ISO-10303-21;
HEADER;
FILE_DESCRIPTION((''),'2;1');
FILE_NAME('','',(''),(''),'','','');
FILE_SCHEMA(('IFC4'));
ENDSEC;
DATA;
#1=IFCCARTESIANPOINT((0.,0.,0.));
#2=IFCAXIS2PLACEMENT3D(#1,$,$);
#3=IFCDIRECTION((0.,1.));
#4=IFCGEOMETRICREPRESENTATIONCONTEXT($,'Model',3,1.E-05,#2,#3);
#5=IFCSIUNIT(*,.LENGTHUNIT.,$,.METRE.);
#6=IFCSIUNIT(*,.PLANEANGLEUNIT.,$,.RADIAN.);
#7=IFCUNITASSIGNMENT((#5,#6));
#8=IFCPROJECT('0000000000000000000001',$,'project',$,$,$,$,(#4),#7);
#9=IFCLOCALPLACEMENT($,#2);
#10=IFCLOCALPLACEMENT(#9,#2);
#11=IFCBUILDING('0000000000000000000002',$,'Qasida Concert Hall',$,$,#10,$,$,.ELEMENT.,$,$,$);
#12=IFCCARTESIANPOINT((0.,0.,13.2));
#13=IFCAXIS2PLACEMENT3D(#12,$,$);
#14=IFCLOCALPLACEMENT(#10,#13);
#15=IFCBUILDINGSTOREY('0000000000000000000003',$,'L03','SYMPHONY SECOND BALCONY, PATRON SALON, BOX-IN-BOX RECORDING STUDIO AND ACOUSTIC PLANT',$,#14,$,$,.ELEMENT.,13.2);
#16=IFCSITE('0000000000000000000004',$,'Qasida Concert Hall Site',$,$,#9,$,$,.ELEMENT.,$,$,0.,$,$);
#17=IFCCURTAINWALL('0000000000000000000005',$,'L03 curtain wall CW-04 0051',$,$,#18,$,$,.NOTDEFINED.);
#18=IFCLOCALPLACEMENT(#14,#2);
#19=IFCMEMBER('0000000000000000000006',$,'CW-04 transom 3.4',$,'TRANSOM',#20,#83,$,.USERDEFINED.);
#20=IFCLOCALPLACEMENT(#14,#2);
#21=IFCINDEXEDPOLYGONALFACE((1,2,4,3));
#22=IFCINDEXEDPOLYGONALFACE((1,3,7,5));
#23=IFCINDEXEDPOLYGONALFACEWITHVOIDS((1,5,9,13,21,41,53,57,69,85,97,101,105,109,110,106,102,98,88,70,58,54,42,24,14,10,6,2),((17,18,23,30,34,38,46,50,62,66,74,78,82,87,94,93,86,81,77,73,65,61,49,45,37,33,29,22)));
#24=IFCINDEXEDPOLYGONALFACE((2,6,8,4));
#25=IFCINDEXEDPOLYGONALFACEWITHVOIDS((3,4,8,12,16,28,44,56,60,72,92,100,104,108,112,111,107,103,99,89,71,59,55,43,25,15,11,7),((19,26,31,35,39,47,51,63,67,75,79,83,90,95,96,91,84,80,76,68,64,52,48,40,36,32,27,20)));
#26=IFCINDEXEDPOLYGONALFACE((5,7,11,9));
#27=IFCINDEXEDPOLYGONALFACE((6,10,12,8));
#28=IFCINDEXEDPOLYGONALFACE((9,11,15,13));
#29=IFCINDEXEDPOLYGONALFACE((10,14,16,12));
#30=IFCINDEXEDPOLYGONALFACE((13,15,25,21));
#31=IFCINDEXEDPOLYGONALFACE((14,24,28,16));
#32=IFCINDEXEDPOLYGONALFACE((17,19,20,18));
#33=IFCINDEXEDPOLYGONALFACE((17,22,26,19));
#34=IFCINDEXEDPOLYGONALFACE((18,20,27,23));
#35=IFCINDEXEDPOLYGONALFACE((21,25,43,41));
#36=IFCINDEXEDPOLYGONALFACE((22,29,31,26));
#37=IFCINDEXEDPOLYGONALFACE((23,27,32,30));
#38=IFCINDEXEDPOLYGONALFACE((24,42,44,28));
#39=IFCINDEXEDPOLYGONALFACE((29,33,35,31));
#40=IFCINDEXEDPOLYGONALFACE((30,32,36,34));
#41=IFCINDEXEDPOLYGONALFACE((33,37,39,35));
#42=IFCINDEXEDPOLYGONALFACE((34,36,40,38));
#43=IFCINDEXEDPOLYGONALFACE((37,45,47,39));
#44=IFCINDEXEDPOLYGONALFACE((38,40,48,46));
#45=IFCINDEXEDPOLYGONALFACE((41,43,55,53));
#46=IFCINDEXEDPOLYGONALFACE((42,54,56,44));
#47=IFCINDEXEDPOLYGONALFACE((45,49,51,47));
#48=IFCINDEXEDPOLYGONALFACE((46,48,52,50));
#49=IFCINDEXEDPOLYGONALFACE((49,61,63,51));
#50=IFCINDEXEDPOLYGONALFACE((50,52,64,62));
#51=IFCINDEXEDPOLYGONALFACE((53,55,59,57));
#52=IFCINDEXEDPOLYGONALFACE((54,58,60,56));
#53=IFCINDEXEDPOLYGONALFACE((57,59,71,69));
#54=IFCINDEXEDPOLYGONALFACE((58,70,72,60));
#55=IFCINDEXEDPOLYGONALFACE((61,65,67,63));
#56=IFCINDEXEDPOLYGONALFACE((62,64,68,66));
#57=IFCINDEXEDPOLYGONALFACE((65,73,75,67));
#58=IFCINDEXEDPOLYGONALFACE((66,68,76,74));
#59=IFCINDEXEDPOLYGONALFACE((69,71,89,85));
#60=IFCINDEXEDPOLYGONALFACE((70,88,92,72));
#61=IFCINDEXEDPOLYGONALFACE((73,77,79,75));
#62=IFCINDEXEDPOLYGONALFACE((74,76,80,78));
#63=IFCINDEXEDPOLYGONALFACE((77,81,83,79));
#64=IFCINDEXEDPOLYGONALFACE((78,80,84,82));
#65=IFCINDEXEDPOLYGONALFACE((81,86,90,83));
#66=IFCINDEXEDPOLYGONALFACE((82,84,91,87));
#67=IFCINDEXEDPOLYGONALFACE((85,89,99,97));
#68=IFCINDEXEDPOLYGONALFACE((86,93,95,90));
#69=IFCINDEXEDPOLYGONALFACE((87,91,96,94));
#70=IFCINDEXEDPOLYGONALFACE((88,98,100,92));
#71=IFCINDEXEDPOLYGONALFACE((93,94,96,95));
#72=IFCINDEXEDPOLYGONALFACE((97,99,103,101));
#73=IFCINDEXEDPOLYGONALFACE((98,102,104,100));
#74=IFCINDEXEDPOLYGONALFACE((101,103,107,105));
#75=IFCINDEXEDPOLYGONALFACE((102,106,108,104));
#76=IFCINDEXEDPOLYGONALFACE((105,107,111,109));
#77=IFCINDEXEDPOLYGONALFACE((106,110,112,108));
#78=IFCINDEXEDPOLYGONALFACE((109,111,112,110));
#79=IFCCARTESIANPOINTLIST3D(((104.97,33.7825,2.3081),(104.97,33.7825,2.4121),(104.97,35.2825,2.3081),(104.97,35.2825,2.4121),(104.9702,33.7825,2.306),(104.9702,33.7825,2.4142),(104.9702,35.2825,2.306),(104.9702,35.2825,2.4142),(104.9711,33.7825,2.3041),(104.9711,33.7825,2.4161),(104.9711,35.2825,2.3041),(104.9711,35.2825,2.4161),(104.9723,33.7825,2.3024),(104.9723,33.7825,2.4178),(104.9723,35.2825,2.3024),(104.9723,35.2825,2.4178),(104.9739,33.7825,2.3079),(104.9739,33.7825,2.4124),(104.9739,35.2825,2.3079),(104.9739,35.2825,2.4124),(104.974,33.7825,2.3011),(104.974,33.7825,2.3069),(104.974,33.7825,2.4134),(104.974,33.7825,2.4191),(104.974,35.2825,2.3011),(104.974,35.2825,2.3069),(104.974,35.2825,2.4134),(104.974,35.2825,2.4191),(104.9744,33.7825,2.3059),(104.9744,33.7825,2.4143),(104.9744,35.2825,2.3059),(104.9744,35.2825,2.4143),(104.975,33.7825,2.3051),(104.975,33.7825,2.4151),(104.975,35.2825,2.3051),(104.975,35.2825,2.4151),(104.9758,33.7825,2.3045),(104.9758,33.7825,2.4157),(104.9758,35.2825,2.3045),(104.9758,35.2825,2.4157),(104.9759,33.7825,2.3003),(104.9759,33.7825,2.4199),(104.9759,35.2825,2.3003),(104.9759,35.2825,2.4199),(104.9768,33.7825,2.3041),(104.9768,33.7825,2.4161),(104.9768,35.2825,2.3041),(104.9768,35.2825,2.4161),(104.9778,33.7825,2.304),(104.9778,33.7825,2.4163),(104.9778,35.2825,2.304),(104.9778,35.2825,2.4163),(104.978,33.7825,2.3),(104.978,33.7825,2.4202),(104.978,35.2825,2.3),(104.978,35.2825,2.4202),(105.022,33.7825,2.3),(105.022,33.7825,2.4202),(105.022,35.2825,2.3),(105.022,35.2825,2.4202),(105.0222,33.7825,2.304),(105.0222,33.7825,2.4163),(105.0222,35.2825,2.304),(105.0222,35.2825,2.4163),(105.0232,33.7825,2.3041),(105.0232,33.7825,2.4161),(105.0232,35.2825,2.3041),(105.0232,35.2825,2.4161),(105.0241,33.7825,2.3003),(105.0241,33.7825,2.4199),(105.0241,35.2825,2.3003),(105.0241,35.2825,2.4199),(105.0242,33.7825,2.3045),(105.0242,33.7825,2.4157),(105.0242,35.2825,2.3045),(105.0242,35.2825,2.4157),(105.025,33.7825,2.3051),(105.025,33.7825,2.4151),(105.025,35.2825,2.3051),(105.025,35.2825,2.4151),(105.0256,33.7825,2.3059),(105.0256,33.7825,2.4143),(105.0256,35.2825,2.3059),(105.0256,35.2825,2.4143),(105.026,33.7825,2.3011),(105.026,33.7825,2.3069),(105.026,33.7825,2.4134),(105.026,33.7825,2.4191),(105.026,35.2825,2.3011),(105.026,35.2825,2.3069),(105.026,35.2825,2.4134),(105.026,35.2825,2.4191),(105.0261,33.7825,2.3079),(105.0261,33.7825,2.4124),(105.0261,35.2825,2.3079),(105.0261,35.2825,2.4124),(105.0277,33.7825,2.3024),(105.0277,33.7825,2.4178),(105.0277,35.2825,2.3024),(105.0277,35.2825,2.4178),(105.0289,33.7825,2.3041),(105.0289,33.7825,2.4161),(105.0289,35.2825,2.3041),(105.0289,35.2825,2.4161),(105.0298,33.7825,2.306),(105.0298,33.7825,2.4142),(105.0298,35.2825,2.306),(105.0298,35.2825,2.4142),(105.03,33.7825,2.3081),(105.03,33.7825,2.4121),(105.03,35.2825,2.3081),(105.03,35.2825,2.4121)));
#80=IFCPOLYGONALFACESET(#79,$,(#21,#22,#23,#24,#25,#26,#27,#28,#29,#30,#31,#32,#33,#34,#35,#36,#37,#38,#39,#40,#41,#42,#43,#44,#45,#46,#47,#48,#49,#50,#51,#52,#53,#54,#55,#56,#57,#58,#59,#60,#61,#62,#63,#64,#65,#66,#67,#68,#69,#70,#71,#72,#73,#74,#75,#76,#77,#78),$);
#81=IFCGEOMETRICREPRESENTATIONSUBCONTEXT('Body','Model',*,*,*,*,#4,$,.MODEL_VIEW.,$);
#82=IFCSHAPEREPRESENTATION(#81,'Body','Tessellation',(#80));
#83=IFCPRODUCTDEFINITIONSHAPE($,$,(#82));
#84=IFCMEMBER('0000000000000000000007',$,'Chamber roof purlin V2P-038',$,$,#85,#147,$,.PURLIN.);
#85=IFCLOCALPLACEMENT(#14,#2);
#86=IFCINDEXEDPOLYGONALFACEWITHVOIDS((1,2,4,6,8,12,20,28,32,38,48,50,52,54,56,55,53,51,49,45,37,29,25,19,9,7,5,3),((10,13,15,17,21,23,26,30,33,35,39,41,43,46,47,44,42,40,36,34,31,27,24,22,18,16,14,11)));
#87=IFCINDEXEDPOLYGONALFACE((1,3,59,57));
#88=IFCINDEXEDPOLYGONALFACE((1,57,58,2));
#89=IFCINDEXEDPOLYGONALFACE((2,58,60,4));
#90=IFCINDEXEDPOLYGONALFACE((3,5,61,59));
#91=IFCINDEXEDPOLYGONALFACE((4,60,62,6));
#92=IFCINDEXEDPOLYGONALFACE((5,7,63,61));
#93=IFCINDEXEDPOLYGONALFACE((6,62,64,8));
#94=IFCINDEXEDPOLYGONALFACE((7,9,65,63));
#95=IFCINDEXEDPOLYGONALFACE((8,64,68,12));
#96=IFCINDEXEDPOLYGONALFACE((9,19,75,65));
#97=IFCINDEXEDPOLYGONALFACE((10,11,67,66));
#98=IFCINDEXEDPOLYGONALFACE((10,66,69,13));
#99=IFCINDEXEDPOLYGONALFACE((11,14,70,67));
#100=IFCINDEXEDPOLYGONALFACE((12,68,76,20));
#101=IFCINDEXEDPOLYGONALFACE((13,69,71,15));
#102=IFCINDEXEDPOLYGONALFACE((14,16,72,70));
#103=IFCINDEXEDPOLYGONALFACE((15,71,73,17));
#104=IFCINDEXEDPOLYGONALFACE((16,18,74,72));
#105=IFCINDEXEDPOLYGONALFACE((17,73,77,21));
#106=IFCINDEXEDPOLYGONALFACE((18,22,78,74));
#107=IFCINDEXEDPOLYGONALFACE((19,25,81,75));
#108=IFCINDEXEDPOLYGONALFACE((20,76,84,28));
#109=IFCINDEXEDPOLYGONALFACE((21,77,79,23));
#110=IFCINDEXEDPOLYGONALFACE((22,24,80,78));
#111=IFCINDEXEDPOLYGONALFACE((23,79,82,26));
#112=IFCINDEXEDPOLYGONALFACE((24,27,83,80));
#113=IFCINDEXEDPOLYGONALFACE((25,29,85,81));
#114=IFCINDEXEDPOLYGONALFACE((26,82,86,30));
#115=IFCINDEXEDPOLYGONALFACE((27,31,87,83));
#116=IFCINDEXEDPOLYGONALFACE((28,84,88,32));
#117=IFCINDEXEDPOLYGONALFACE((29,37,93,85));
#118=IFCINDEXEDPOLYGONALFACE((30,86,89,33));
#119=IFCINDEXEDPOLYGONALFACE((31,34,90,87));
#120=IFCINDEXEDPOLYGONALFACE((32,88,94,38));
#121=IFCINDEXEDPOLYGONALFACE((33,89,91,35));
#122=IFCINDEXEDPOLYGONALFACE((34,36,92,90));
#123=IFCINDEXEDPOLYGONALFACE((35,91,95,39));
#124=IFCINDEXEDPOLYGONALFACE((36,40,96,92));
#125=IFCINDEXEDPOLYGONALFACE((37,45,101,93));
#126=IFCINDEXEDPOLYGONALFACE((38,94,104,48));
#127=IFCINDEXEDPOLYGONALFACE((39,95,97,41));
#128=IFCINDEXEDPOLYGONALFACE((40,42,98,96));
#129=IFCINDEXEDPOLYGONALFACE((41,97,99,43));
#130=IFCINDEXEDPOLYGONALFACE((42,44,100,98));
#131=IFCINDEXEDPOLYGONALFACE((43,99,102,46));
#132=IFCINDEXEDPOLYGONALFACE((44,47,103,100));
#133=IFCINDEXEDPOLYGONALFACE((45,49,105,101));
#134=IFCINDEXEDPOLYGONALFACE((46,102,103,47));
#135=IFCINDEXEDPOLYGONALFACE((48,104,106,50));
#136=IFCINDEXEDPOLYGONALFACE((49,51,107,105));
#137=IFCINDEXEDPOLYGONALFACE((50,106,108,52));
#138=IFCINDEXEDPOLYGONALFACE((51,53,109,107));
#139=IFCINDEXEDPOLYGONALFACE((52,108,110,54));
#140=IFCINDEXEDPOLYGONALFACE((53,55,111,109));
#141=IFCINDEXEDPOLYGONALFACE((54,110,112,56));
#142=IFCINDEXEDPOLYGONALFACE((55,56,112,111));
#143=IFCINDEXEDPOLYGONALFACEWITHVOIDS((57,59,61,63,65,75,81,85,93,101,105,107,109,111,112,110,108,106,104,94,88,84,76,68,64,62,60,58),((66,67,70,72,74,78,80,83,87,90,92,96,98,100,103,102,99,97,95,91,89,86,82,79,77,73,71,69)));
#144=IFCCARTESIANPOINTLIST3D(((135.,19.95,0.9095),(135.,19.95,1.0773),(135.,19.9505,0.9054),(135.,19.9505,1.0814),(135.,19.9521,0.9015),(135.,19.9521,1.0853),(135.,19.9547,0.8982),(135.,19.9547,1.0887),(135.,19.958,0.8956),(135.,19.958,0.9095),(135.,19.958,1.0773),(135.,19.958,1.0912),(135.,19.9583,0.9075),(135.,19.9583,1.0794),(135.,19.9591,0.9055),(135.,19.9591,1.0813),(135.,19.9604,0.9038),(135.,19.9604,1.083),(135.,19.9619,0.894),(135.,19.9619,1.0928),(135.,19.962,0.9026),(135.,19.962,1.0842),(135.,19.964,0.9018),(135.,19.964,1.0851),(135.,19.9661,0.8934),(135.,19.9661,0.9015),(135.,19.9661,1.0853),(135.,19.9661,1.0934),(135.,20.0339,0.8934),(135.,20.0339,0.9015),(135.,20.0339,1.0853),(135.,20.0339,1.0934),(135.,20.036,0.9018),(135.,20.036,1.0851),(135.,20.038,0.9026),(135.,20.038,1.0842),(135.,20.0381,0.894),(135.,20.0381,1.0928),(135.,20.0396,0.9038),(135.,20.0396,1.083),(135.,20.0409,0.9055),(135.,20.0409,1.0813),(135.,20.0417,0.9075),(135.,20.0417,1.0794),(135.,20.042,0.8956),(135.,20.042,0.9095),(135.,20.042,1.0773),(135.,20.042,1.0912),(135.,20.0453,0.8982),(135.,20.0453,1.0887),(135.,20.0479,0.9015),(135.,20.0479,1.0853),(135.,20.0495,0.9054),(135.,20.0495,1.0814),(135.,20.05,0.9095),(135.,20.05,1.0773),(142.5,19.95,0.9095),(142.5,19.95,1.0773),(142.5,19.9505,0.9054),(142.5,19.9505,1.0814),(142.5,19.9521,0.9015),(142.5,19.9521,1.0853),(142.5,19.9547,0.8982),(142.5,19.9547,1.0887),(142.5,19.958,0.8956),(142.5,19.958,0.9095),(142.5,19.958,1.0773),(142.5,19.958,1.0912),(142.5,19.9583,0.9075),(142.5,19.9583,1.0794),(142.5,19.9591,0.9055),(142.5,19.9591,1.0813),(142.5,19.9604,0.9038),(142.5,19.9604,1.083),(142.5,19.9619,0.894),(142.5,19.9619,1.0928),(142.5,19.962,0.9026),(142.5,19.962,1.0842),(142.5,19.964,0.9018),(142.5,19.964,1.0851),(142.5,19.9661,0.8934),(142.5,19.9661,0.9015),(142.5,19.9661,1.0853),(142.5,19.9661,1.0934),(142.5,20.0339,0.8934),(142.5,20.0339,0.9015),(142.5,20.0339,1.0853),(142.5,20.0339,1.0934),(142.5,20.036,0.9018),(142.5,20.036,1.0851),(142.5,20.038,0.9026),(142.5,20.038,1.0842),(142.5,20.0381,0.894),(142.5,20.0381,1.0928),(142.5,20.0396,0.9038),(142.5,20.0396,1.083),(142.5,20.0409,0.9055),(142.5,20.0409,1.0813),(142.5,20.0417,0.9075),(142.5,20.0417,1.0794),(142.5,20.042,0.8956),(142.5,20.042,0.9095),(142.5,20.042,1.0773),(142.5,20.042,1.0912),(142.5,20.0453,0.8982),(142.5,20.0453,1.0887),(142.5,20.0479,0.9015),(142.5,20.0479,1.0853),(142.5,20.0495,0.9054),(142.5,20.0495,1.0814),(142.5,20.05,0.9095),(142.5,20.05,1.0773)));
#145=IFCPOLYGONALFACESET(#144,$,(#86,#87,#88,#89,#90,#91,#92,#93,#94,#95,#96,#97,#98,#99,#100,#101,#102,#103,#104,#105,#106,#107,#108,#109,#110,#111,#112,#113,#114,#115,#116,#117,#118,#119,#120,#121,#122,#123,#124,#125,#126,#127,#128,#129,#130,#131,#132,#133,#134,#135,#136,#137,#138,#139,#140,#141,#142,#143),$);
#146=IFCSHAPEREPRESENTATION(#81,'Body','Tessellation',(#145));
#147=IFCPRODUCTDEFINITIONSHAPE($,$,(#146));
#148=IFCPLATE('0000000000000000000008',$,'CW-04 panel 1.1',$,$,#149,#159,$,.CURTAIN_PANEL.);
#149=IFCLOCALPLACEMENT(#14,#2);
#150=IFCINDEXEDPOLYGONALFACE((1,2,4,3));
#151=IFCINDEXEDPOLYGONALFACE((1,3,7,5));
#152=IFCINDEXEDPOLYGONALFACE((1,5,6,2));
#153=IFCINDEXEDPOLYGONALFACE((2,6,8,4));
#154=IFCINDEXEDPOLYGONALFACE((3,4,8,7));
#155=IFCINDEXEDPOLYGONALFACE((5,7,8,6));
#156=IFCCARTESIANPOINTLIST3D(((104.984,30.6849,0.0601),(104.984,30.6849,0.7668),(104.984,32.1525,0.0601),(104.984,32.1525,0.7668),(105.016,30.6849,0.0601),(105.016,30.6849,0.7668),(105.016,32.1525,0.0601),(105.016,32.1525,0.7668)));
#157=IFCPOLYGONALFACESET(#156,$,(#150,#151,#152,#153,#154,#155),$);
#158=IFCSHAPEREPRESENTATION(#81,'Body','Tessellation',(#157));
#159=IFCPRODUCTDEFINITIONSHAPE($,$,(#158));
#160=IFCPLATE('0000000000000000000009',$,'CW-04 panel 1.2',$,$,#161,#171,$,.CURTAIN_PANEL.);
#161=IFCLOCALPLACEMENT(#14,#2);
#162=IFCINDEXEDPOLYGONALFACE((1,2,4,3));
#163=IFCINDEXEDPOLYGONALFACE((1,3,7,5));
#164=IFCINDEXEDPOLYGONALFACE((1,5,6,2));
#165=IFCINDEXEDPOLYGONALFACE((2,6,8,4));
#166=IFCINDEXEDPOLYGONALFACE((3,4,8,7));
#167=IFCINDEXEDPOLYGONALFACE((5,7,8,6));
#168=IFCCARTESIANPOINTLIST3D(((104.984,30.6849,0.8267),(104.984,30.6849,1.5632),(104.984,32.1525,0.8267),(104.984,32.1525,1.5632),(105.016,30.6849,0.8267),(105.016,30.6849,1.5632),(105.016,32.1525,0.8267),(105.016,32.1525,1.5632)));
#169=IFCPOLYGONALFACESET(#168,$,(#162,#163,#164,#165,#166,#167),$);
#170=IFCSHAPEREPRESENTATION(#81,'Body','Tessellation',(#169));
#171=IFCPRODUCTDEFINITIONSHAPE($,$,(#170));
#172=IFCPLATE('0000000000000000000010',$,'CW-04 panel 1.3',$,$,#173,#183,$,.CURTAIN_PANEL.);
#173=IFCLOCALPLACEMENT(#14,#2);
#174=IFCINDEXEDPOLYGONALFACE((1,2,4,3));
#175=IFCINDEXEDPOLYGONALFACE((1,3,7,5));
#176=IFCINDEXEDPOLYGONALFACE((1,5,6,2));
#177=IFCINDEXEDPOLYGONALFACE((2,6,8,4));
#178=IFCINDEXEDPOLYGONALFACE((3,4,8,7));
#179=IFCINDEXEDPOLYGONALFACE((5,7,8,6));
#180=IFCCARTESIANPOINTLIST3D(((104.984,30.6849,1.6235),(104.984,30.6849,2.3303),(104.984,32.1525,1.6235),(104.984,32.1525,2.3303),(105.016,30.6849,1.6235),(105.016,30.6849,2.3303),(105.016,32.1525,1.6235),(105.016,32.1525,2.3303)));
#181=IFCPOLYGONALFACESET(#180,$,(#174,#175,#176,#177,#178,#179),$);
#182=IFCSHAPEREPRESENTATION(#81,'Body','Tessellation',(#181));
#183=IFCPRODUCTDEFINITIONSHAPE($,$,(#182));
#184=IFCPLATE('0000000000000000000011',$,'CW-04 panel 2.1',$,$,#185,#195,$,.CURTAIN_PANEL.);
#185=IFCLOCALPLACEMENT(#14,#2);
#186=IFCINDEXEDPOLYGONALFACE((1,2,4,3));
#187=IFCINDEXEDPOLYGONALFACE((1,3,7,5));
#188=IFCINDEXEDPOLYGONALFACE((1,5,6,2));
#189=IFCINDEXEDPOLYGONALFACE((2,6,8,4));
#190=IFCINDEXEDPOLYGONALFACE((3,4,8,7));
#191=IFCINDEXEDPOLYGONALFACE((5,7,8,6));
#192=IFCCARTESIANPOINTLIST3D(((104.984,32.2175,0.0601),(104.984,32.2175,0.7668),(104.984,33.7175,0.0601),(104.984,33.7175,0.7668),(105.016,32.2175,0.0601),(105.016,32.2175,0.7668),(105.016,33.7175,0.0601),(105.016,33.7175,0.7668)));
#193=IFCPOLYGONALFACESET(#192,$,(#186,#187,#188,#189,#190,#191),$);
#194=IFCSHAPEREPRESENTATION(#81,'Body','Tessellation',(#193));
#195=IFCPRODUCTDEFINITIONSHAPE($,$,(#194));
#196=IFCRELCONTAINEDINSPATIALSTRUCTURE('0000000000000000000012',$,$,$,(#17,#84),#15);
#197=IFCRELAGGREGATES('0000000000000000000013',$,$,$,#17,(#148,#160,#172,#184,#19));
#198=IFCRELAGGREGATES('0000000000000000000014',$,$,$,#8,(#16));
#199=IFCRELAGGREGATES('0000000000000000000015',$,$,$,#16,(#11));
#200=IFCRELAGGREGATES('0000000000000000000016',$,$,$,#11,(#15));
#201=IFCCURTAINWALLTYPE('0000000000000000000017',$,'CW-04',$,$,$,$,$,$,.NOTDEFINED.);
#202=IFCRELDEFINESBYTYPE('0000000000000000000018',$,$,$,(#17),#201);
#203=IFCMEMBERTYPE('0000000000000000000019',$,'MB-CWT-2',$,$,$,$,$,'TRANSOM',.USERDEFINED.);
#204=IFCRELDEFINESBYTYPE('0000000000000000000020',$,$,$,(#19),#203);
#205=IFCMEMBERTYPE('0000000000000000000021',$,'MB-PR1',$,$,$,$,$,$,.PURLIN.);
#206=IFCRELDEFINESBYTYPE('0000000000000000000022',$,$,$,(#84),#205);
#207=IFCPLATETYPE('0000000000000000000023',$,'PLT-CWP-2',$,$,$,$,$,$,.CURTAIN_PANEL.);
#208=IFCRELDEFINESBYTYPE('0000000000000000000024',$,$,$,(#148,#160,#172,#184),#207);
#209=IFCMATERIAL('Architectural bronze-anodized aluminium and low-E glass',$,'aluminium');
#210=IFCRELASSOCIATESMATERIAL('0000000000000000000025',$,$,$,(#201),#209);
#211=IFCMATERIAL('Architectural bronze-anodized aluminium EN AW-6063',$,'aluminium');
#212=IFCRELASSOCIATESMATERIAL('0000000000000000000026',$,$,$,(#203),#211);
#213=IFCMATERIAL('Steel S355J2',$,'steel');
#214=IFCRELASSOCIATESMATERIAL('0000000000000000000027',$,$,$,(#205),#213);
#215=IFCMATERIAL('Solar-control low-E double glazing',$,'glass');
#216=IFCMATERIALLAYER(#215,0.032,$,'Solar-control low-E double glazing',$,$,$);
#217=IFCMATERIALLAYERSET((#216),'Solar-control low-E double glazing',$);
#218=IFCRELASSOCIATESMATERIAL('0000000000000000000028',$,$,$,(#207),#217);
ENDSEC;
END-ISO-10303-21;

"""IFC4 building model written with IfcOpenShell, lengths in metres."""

from ifc_helpers import new_model, si_unit, direction, frame, origin, origin_2d, place, context, subcontext, project, spatial, rectangle, hollow_rectangle, extrude, material, layer, layer_set, material_profile, profile_set, type_object, element, aggregate, save


model = new_model("IFC4")

# Units and contexts
model_context = context("Model", 3, precision=1e-05, world=origin(), true_north=direction((0.0, 1.0)))
body_context = subcontext(model_context, "Body", "Model", "MODEL_VIEW")
ifc_project = project(units=[si_unit("LENGTHUNIT", "METRE"), si_unit("PLANEANGLEUNIT", "RADIAN")], contexts=[model_context])

# Site, building, storey
site_placement = place(None, origin())
site = spatial("IfcSite", under=ifc_project, at=site_placement, Name="Qasida Concert Hall Site", CompositionType="ELEMENT", RefElevation=0.0)
building_placement = place(site_placement, origin())
building = spatial("IfcBuilding", under=site, at=building_placement, Name="Qasida Concert Hall", CompositionType="ELEMENT")
storey_placement = place(building_placement, frame((0.0, 0.0, 13.2)))
storey = spatial("IfcBuildingStorey", under=building, at=storey_placement, Name="L03", Description="SYMPHONY SECOND BALCONY, PATRON SALON, BOX-IN-BOX RECORDING STUDIO AND ACOUSTIC PLANT", CompositionType="ELEMENT", Elevation=13.2)

# Shared definitions
ifc_material_1 = material(Name="Steel S355J2", Category="steel")

# Curtain wall, member
ifc_material_2 = material(Name="Architectural bronze-anodized aluminium and low-E glass", Category="aluminium")
curtain_wall_type = type_object("IfcCurtainWallType", Name="CW-04", PredefinedType="NOTDEFINED", material=ifc_material_2)
curtain_wall_placement = place(storey_placement, origin())
curtain_wall = element("IfcCurtainWall", 1, at=curtain_wall_placement, inside=storey, type_object=curtain_wall_type, Name="L03 curtain wall CW-04 0051", PredefinedType="NOTDEFINED")
ifc_material_3 = material(Name="Architectural bronze-anodized aluminium EN AW-6063", Category="aluminium")
ifc_material_profile_1 = material_profile(ifc_material_3, hollow_rectangle(XDim=0.0601, YDim=0.1201, WallThickness=0.0039, InnerFilletRadius=0.0039, OuterFilletRadius=0.0081, at=origin_2d()), Name="CWT 120x60x4")
ifc_profile_set_1 = profile_set([ifc_material_profile_1], Name="Architectural bronze-anodized aluminium EN AW-6063")
member_type_1 = type_object("IfcMemberType", Name="MB-CWT-2", ElementType="TRANSOM", PredefinedType="USERDEFINED", material=ifc_profile_set_1)
member_1_placement = place(storey_placement, frame((105.0, 33.7825, 2.3601), z_axis=(0.0, 1.0, 0.0), x_axis=(-1.0, 0.0, 0.0)))
member_1 = element("IfcMember", 2, at=member_1_placement, type_object=member_type_1, Name="CW-04 transom 3.4", ObjectType="TRANSOM", PredefinedType="USERDEFINED", context=body_context, shape_type="SweptSolid", body=[
    extrude(hollow_rectangle(XDim=0.0601, YDim=0.1201, WallThickness=0.0039, InnerFilletRadius=0.0039, OuterFilletRadius=0.0081, at=origin_2d()), origin(), (0.0, 0.0, 1.0), 1.5),
])

# Member
ifc_material_profile_2 = material_profile(ifc_material_1, hollow_rectangle(XDim=0.1001, YDim=0.2, WallThickness=0.0081, InnerFilletRadius=0.0081, OuterFilletRadius=0.0161, at=origin_2d()), Name="RHS 200x100x8")
ifc_profile_set_2 = profile_set([ifc_material_profile_2], Name="Steel S355J2")
member_type_2 = type_object("IfcMemberType", Name="MB-PR1", PredefinedType="PURLIN", material=ifc_profile_set_2)
member_2_placement = place(storey_placement, frame((135.0, 20.0, 0.9934), z_axis=(1.0, 0.0, 0.0), x_axis=(0.0, 1.0, 0.0)))
element("IfcMember", 3, at=member_2_placement, inside=storey, type_object=member_type_2, Name="Chamber roof purlin V2P-038", PredefinedType="PURLIN", context=body_context, shape_type="SweptSolid", body=[
    extrude(hollow_rectangle(XDim=0.1001, YDim=0.2, WallThickness=0.0081, InnerFilletRadius=0.0081, OuterFilletRadius=0.0161, at=origin_2d()), origin(), (0.0, 0.0, 1.0), 7.5),
])

# Plates
ifc_material_4 = material(Name="Solar-control low-E double glazing", Category="glass")
ifc_layer_1 = layer(ifc_material_4, 0.032, Name="Solar-control low-E double glazing")
ifc_layer_set_1 = layer_set([ifc_layer_1], Name="Solar-control low-E double glazing")
plate_type_1 = type_object("IfcPlateType", Name="PLT-CWP-2", PredefinedType="CURTAIN_PANEL", material=ifc_layer_set_1)
plate_1_placement = place(storey_placement, frame((105.0, 31.4187, 0.0601), z_axis=(0.0, 0.0, 1.0), x_axis=(0.0, 1.0, 0.0)))
plate_1 = element("IfcPlate", 4, at=plate_1_placement, type_object=plate_type_1, Name="CW-04 panel 1.1", PredefinedType="CURTAIN_PANEL", context=body_context, shape_type="SweptSolid", body=[
    extrude(rectangle(XDim=1.4675, YDim=0.032, at=origin_2d()), origin(), (0.0, 0.0, 1.0), 0.7068),
])
plate_2_placement = place(storey_placement, frame((105.0, 31.4187, 0.8267), z_axis=(0.0, 0.0, 1.0), x_axis=(0.0, 1.0, 0.0)))
plate_2 = element("IfcPlate", 5, at=plate_2_placement, type_object=plate_type_1, Name="CW-04 panel 1.2", PredefinedType="CURTAIN_PANEL", context=body_context, shape_type="SweptSolid", body=[
    extrude(rectangle(XDim=1.4675, YDim=0.032, at=origin_2d()), origin(), (0.0, 0.0, 1.0), 0.7366),
])
plate_3_placement = place(storey_placement, frame((105.0, 31.4187, 1.6235), z_axis=(0.0, 0.0, 1.0), x_axis=(0.0, 1.0, 0.0)))
plate_3 = element("IfcPlate", 6, at=plate_3_placement, type_object=plate_type_1, Name="CW-04 panel 1.3", PredefinedType="CURTAIN_PANEL", context=body_context, shape_type="SweptSolid", body=[
    extrude(rectangle(XDim=1.4675, YDim=0.032, at=origin_2d()), origin(), (0.0, 0.0, 1.0), 0.7068),
])
plate_4_placement = place(storey_placement, frame((105.0, 32.9675, 0.0601), z_axis=(0.0, 0.0, 1.0), x_axis=(0.0, 1.0, 0.0)))
plate_4 = element("IfcPlate", 7, at=plate_4_placement, type_object=plate_type_1, Name="CW-04 panel 2.1", PredefinedType="CURTAIN_PANEL", context=body_context, shape_type="SweptSolid", body=[
    extrude(rectangle(XDim=1.5, YDim=0.032, at=origin_2d()), origin(), (0.0, 0.0, 1.0), 0.7068),
])
aggregate(curtain_wall, [plate_1, plate_2, plate_3, plate_4, member_1])

save(model, "model.ifc")
